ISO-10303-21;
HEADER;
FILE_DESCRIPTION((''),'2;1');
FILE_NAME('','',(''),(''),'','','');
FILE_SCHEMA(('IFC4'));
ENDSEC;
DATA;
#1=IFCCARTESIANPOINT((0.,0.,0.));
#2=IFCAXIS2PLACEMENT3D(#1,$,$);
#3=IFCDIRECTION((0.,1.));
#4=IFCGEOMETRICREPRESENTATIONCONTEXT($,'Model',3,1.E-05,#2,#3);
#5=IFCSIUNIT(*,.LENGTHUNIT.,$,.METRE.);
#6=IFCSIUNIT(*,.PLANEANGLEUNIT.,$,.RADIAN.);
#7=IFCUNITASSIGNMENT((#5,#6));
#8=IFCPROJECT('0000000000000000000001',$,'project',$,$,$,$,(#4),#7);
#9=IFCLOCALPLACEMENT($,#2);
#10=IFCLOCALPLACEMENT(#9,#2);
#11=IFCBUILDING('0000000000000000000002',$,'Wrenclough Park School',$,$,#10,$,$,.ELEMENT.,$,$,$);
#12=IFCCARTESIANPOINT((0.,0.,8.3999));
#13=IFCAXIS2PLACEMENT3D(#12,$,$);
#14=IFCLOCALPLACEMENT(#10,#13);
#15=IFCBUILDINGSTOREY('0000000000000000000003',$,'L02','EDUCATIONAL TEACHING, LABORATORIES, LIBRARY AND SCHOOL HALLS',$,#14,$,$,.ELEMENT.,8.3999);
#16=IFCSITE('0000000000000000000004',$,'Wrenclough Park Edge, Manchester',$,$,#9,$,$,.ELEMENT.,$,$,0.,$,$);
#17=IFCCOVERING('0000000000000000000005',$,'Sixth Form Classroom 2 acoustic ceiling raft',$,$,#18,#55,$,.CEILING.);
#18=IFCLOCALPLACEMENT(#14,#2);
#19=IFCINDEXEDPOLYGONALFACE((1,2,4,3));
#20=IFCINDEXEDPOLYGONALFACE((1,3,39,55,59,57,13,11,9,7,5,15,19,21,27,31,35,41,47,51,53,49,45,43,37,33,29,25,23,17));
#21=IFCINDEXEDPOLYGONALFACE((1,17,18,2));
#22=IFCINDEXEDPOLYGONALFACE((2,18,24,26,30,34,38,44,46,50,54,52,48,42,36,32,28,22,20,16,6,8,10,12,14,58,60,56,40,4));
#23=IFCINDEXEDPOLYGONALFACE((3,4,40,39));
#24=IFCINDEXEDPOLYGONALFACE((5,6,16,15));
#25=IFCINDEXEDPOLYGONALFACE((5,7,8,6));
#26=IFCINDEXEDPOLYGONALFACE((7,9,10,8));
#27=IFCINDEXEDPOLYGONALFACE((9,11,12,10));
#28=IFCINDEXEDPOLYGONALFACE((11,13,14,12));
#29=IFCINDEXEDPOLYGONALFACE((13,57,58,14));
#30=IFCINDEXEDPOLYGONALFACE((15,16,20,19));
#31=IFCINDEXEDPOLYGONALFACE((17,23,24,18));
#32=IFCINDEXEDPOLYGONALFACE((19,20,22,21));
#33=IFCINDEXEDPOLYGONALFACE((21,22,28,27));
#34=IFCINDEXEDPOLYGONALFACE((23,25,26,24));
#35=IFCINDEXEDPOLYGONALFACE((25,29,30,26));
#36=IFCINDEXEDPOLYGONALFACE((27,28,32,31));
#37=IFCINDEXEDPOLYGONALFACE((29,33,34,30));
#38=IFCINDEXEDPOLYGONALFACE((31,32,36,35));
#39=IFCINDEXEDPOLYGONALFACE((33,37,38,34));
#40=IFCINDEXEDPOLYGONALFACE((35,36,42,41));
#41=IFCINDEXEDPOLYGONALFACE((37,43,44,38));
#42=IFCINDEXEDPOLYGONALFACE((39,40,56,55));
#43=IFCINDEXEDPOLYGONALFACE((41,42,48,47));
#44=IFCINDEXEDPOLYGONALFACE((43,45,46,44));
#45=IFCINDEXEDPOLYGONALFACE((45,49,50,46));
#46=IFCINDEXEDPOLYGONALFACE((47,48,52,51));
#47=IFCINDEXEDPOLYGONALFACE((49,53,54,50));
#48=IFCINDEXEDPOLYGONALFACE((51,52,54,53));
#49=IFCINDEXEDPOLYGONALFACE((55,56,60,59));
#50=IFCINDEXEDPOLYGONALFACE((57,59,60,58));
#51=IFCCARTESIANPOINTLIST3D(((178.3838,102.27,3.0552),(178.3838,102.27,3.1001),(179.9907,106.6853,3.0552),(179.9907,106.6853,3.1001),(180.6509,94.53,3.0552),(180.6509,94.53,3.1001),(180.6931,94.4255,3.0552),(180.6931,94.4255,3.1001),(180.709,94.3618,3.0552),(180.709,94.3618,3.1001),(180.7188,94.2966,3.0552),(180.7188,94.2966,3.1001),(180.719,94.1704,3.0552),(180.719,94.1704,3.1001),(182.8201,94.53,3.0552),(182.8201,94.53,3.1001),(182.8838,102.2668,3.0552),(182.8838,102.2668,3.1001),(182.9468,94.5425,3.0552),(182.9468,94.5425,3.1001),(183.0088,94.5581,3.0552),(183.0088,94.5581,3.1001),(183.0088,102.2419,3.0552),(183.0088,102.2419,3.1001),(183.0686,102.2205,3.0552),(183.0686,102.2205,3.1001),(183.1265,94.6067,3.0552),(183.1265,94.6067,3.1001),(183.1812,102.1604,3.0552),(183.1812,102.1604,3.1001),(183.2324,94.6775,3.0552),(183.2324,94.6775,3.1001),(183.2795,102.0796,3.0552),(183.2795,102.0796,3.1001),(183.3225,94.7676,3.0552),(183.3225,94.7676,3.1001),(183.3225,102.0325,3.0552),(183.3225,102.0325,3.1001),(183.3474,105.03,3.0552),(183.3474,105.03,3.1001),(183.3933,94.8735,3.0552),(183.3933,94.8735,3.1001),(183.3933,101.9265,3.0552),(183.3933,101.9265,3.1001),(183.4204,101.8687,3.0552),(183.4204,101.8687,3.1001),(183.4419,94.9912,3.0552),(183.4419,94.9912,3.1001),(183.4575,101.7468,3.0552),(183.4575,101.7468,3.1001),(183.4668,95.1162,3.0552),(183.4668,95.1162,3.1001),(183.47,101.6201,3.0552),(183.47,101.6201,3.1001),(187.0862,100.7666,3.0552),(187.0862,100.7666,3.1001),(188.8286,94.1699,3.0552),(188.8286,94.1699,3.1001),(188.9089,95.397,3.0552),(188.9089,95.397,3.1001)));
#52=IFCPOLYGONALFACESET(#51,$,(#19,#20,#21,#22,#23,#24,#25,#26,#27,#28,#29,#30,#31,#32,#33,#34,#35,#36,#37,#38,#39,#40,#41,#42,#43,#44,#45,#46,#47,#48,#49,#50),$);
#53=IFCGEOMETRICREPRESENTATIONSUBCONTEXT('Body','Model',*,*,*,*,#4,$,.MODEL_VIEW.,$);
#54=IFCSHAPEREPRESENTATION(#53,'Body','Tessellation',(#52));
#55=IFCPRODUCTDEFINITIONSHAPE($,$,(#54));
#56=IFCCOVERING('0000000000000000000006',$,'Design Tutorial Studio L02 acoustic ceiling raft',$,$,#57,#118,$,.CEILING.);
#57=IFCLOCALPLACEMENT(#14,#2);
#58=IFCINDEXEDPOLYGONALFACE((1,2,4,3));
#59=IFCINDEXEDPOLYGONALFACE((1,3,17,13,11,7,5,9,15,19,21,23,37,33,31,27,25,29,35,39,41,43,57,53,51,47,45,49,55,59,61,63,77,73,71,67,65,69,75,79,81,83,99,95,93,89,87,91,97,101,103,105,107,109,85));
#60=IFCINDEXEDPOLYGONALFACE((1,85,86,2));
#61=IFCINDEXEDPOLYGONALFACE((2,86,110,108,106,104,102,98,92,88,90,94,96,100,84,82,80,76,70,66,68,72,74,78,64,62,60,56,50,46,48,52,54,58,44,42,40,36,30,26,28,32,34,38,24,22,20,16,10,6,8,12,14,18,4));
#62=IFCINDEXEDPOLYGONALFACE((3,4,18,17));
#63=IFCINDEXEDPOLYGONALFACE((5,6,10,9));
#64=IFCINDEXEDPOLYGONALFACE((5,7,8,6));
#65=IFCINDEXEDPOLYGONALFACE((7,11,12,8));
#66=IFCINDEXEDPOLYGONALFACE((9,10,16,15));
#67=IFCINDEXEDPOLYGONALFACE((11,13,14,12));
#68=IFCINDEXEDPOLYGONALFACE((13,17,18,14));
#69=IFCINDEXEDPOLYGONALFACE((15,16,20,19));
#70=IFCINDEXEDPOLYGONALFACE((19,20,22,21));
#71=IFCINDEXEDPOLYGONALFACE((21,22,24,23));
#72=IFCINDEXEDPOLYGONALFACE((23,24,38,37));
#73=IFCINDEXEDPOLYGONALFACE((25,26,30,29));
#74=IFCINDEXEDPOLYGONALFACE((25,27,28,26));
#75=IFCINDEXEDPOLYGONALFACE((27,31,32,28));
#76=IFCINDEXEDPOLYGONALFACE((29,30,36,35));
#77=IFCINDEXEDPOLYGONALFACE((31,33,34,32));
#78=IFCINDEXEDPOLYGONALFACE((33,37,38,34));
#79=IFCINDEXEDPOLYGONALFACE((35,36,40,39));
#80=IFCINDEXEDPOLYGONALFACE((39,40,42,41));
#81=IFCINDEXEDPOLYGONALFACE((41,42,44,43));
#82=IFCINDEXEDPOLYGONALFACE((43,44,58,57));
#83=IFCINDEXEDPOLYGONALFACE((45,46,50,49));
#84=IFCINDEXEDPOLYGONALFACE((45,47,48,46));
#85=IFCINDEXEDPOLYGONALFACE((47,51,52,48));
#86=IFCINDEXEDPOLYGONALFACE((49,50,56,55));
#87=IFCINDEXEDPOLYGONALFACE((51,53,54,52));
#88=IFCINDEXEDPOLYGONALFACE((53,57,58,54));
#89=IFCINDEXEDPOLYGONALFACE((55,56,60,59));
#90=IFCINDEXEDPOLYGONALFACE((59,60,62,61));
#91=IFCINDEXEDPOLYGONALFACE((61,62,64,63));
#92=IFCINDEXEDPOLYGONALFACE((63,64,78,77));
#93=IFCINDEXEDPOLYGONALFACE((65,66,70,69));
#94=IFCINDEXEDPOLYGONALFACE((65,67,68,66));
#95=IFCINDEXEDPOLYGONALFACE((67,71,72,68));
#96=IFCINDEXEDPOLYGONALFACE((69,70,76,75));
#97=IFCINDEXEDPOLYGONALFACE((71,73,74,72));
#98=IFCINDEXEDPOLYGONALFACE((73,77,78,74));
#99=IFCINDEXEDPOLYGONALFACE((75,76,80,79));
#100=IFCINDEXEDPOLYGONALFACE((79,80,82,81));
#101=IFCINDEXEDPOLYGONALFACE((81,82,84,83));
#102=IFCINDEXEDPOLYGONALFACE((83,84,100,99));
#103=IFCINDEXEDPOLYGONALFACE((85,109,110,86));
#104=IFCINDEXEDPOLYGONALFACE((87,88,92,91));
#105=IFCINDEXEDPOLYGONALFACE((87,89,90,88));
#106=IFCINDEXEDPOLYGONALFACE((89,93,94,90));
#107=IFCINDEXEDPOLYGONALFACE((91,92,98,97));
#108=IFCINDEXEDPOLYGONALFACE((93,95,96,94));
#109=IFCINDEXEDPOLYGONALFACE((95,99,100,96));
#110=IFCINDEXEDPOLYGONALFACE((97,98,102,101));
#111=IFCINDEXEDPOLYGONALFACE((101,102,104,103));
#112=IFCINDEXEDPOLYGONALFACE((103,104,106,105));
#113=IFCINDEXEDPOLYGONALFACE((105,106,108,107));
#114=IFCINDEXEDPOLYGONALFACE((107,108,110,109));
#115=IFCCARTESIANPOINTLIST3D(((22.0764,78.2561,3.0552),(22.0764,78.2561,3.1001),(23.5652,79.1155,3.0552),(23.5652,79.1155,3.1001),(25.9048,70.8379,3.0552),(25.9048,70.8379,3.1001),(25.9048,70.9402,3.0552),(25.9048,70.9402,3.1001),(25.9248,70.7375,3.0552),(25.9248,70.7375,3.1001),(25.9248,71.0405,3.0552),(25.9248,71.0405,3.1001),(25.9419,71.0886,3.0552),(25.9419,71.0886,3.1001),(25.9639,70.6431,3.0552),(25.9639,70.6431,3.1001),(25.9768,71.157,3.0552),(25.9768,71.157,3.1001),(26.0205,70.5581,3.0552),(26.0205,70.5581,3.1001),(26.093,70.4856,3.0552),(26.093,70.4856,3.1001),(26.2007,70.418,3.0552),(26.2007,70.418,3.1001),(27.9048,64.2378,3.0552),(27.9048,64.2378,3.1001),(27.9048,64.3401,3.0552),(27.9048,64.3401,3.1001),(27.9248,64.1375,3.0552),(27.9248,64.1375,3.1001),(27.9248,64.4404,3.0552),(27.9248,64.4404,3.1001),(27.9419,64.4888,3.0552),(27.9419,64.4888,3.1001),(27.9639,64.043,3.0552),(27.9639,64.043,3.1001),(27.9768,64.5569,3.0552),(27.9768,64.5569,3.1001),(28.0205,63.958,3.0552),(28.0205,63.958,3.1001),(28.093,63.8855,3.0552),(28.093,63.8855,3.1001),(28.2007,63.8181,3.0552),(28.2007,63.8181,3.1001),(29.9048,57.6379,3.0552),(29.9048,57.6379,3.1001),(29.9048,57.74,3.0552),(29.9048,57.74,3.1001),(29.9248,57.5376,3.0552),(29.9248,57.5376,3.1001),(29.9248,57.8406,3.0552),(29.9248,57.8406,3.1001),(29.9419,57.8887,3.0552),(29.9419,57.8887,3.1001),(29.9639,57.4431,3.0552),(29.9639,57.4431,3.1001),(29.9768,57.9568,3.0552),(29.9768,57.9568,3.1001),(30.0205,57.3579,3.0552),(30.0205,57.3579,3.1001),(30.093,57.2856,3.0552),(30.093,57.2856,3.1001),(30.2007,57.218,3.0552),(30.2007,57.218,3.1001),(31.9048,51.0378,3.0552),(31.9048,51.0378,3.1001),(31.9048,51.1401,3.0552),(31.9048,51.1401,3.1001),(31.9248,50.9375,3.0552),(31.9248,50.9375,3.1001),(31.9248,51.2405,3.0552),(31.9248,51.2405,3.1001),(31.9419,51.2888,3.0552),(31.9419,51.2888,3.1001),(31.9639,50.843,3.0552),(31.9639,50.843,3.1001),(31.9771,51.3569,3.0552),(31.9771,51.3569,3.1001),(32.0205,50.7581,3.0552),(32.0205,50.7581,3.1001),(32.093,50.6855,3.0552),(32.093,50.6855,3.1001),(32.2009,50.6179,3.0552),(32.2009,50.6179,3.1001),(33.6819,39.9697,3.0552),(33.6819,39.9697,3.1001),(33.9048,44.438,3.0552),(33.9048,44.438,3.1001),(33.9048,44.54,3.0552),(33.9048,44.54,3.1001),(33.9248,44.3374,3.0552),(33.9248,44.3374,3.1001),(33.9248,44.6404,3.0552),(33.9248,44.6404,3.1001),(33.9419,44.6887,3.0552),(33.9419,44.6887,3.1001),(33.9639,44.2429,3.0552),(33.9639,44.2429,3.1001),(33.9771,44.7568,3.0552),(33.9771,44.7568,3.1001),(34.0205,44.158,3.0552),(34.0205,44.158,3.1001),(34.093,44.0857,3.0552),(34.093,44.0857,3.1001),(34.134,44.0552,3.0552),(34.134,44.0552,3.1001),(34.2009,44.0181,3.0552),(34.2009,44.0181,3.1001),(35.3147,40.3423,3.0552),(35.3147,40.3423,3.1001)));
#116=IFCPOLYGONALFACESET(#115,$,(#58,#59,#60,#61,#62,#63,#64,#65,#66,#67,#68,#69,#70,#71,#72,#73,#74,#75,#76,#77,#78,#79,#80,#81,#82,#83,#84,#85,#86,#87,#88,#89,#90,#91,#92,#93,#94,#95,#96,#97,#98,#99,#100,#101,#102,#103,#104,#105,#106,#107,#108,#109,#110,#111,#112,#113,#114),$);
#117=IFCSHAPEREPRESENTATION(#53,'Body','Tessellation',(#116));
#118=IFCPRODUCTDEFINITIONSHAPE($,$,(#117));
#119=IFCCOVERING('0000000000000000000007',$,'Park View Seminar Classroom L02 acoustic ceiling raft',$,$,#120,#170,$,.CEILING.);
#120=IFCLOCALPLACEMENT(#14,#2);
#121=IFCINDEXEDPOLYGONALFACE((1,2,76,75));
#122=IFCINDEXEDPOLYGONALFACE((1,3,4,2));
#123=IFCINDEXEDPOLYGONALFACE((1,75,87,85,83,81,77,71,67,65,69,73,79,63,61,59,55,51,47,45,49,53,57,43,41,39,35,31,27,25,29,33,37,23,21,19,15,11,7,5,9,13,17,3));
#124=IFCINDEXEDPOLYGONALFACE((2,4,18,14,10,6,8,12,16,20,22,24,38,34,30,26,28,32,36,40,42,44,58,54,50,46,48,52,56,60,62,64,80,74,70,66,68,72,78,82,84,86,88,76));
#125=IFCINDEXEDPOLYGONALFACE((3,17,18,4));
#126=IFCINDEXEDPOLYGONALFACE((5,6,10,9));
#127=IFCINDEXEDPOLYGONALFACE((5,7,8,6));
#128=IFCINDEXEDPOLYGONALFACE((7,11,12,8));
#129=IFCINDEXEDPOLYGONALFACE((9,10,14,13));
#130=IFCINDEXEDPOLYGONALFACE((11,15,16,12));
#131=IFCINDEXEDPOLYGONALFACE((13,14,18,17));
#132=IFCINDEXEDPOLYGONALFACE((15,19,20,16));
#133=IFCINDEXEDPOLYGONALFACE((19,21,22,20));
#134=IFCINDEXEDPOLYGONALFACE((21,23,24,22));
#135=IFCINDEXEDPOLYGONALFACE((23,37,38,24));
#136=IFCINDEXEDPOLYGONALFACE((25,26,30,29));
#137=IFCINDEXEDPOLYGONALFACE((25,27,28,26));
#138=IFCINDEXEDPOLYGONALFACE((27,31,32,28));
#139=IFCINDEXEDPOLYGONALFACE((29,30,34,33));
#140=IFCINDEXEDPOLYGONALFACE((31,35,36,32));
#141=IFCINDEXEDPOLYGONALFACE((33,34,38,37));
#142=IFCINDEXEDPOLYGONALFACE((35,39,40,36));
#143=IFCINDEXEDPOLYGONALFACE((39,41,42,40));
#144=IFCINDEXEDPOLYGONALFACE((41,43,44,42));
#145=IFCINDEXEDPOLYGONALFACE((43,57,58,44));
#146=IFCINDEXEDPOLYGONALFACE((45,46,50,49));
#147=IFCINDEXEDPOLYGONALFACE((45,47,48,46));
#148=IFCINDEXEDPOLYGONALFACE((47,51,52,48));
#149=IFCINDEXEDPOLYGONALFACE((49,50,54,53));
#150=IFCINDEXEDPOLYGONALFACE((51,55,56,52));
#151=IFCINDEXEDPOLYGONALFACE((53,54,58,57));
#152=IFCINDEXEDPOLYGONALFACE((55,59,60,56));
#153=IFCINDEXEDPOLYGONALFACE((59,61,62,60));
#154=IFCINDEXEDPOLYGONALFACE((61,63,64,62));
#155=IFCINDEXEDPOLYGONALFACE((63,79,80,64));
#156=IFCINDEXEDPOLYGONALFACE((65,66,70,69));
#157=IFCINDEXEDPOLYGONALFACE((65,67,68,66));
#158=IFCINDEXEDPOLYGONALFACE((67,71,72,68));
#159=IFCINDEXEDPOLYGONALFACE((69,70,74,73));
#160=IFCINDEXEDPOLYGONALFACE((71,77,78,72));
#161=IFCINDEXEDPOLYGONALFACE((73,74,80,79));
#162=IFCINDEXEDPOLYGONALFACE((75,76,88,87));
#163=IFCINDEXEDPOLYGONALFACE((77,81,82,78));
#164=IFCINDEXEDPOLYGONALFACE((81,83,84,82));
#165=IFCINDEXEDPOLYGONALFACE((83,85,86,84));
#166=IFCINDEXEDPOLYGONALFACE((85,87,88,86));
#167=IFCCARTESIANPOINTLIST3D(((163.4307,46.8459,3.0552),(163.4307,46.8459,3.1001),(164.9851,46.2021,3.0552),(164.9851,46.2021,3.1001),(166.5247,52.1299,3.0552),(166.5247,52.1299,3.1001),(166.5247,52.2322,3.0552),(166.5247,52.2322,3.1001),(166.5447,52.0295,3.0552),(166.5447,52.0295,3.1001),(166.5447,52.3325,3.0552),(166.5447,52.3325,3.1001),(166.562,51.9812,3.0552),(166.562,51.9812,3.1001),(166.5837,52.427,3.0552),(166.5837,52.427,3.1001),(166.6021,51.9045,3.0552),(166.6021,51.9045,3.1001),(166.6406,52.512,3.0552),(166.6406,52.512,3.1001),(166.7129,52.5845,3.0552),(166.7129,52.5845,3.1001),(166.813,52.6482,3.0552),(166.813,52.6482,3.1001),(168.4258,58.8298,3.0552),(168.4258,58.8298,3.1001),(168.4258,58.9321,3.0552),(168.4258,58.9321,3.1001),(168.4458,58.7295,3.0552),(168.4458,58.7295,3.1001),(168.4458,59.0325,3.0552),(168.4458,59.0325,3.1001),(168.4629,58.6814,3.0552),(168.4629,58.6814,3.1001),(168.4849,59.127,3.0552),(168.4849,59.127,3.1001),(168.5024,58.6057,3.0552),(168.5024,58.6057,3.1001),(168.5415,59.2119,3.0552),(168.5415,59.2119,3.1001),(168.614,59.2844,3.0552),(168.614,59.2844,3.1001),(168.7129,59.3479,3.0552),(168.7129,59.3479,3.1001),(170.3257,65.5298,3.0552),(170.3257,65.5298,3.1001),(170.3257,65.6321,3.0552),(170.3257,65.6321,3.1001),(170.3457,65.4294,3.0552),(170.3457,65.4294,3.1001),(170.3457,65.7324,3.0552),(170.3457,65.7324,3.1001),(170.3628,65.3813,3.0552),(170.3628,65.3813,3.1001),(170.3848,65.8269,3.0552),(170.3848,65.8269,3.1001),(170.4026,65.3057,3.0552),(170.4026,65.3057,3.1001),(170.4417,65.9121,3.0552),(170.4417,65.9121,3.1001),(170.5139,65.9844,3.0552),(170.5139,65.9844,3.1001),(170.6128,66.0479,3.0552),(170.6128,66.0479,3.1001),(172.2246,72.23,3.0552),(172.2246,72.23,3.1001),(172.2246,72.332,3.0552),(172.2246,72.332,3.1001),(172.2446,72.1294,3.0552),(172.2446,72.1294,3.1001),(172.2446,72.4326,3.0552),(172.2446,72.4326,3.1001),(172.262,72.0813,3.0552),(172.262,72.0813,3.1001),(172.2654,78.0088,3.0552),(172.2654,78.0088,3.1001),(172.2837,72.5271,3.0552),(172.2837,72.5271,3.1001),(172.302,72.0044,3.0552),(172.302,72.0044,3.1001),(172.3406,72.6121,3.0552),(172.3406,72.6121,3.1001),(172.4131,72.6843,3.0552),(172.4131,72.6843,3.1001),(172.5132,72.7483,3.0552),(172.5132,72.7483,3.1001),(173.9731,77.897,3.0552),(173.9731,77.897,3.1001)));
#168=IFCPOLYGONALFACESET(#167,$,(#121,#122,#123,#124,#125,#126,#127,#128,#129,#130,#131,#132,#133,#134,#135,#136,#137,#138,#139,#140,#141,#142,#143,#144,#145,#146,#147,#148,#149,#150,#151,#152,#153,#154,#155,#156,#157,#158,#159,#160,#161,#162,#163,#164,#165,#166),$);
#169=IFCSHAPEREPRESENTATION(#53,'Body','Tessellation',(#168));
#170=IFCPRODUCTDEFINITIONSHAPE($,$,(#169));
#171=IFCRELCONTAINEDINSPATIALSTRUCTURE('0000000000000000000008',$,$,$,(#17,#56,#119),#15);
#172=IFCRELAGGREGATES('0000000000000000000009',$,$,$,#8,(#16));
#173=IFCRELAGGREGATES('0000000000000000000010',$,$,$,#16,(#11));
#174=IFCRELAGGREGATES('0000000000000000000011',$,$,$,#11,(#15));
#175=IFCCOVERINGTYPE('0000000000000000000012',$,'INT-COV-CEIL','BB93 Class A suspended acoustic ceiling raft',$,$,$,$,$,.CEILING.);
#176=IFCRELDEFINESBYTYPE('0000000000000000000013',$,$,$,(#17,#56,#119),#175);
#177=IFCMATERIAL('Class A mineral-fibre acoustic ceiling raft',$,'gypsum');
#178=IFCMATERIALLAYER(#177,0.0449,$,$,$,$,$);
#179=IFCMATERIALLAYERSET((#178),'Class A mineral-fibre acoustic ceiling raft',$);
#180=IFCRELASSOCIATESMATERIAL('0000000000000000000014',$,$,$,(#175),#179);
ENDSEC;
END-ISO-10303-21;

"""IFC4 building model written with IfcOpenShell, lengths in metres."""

from ifc_helpers import new_model, si_unit, direction, frame, origin, place, context, subcontext, project, spatial, polyline, outline, extrude, material, layer, layer_set, type_object, element, save


model = new_model("IFC4")

# Units and contexts
model_context = context("Model", 3, precision=1e-05, world=origin(), true_north=direction((0.0, 1.0)))
body_context = subcontext(model_context, "Body", "Model", "MODEL_VIEW")
ifc_project = project(units=[si_unit("LENGTHUNIT", "METRE"), si_unit("PLANEANGLEUNIT", "RADIAN")], contexts=[model_context])

# Site, building, storey
site_placement = place(None, origin())
site = spatial("IfcSite", under=ifc_project, at=site_placement, Name="Wrenclough Park Edge, Manchester", CompositionType="ELEMENT", RefElevation=0.0)
building_placement = place(site_placement, origin())
building = spatial("IfcBuilding", under=site, at=building_placement, Name="Wrenclough Park School", CompositionType="ELEMENT")
storey_placement = place(building_placement, frame((0.0, 0.0, 8.3999)))
storey = spatial("IfcBuildingStorey", under=building, at=storey_placement, Name="L02", Description="EDUCATIONAL TEACHING, LABORATORIES, LIBRARY AND SCHOOL HALLS", CompositionType="ELEMENT", Elevation=8.3999)

# Coverings
ifc_material_1 = material(Name="Class A mineral-fibre acoustic ceiling raft", Category="gypsum")
ifc_layer_1 = layer(ifc_material_1, 0.0449)
ifc_layer_set_1 = layer_set([ifc_layer_1], Name="Class A mineral-fibre acoustic ceiling raft")
covering_type_1 = type_object("IfcCoveringType", Name="INT-COV-CEIL", Description="BB93 Class A suspended acoustic ceiling raft", PredefinedType="CEILING", material=ifc_layer_set_1)
covering_1_placement = place(storey_placement, frame((0.0, 0.0, 3.0552)))
element("IfcCovering", 1, at=covering_1_placement, inside=storey, type_object=covering_type_1, Name="Sixth Form Classroom 2 acoustic ceiling raft", PredefinedType="CEILING", context=body_context, shape_type="SweptSolid", body=[
    extrude(outline(polyline([(182.8201, 94.53), (180.6509, 94.53), (180.6931, 94.4255), (180.709, 94.3618), (180.7188, 94.2966), (180.719, 94.1704), (188.8286, 94.1699), (188.9089, 95.397), (187.0862, 100.7666), (183.3474, 105.03), (179.9907, 106.6853), (178.3838, 102.27), (182.8838, 102.2668), (183.0088, 102.2419), (183.0686, 102.2205), (183.1812, 102.1604), (183.2795, 102.0796), (183.3225, 102.0325), (183.3933, 101.9265), (183.4204, 101.8687), (183.4575, 101.7468), (183.47, 101.6201), (183.4668, 95.1162), (183.4419, 94.9912), (183.3933, 94.8735), (183.3225, 94.7676), (183.2324, 94.6775), (183.1265, 94.6067), (183.0088, 94.5581), (182.9468, 94.5425), (182.8201, 94.53)])), origin(), (0.0, 0.0, 1.0), 0.0449),
])
covering_2_placement = place(storey_placement, frame((0.0, 0.0, 3.0552)))
element("IfcCovering", 2, at=covering_2_placement, inside=storey, type_object=covering_type_1, Name="Design Tutorial Studio L02 acoustic ceiling raft", PredefinedType="CEILING", context=body_context, shape_type="SweptSolid", body=[
    extrude(outline(polyline([(33.6819, 39.9697), (35.3147, 40.3423), (34.2009, 44.0181), (34.134, 44.0552), (34.093, 44.0857), (34.0205, 44.158), (33.9639, 44.2429), (33.9248, 44.3374), (33.9048, 44.438), (33.9048, 44.54), (33.9248, 44.6404), (33.9419, 44.6887), (33.9771, 44.7568), (32.2009, 50.6179), (32.093, 50.6855), (32.0205, 50.7581), (31.9639, 50.843), (31.9248, 50.9375), (31.9048, 51.0378), (31.9048, 51.1401), (31.9248, 51.2405), (31.9419, 51.2888), (31.9771, 51.3569), (30.2007, 57.218), (30.093, 57.2856), (30.0205, 57.3579), (29.9639, 57.4431), (29.9248, 57.5376), (29.9048, 57.6379), (29.9048, 57.74), (29.9248, 57.8406), (29.9419, 57.8887), (29.9768, 57.9568), (28.2007, 63.8181), (28.093, 63.8855), (28.0205, 63.958), (27.9639, 64.043), (27.9248, 64.1375), (27.9048, 64.2378), (27.9048, 64.3401), (27.9248, 64.4404), (27.9419, 64.4888), (27.9768, 64.5569), (26.2007, 70.418), (26.093, 70.4856), (26.0205, 70.5581), (25.9639, 70.6431), (25.9248, 70.7375), (25.9048, 70.8379), (25.9048, 70.9402), (25.9248, 71.0405), (25.9419, 71.0886), (25.9768, 71.157), (23.5652, 79.1155), (22.0764, 78.2561), (33.6819, 39.9697)])), origin(), (0.0, 0.0, 1.0), 0.0449),
])
covering_3_placement = place(storey_placement, frame((0.0, 0.0, 3.0552)))
element("IfcCovering", 3, at=covering_3_placement, inside=storey, type_object=covering_type_1, Name="Park View Seminar Classroom L02 acoustic ceiling raft", PredefinedType="CEILING", context=body_context, shape_type="SweptSolid", body=[
    extrude(outline(polyline([(163.4307, 46.8459), (164.9851, 46.2021), (166.6021, 51.9045), (166.562, 51.9812), (166.5447, 52.0295), (166.5247, 52.1299), (166.5247, 52.2322), (166.5447, 52.3325), (166.5837, 52.427), (166.6406, 52.512), (166.7129, 52.5845), (166.813, 52.6482), (168.5024, 58.6057), (168.4629, 58.6814), (168.4458, 58.7295), (168.4258, 58.8298), (168.4258, 58.9321), (168.4458, 59.0325), (168.4849, 59.127), (168.5415, 59.2119), (168.614, 59.2844), (168.7129, 59.3479), (170.4026, 65.3057), (170.3628, 65.3813), (170.3457, 65.4294), (170.3257, 65.5298), (170.3257, 65.6321), (170.3457, 65.7324), (170.3848, 65.8269), (170.4417, 65.9121), (170.5139, 65.9844), (170.6128, 66.0479), (172.302, 72.0044), (172.262, 72.0813), (172.2446, 72.1294), (172.2246, 72.23), (172.2246, 72.332), (172.2446, 72.4326), (172.2837, 72.5271), (172.3406, 72.6121), (172.4131, 72.6843), (172.5132, 72.7483), (173.9731, 77.897), (172.2654, 78.0088), (163.4307, 46.8459)])), origin(), (0.0, 0.0, 1.0), 0.0449),
])

save(model, "model.ifc")
